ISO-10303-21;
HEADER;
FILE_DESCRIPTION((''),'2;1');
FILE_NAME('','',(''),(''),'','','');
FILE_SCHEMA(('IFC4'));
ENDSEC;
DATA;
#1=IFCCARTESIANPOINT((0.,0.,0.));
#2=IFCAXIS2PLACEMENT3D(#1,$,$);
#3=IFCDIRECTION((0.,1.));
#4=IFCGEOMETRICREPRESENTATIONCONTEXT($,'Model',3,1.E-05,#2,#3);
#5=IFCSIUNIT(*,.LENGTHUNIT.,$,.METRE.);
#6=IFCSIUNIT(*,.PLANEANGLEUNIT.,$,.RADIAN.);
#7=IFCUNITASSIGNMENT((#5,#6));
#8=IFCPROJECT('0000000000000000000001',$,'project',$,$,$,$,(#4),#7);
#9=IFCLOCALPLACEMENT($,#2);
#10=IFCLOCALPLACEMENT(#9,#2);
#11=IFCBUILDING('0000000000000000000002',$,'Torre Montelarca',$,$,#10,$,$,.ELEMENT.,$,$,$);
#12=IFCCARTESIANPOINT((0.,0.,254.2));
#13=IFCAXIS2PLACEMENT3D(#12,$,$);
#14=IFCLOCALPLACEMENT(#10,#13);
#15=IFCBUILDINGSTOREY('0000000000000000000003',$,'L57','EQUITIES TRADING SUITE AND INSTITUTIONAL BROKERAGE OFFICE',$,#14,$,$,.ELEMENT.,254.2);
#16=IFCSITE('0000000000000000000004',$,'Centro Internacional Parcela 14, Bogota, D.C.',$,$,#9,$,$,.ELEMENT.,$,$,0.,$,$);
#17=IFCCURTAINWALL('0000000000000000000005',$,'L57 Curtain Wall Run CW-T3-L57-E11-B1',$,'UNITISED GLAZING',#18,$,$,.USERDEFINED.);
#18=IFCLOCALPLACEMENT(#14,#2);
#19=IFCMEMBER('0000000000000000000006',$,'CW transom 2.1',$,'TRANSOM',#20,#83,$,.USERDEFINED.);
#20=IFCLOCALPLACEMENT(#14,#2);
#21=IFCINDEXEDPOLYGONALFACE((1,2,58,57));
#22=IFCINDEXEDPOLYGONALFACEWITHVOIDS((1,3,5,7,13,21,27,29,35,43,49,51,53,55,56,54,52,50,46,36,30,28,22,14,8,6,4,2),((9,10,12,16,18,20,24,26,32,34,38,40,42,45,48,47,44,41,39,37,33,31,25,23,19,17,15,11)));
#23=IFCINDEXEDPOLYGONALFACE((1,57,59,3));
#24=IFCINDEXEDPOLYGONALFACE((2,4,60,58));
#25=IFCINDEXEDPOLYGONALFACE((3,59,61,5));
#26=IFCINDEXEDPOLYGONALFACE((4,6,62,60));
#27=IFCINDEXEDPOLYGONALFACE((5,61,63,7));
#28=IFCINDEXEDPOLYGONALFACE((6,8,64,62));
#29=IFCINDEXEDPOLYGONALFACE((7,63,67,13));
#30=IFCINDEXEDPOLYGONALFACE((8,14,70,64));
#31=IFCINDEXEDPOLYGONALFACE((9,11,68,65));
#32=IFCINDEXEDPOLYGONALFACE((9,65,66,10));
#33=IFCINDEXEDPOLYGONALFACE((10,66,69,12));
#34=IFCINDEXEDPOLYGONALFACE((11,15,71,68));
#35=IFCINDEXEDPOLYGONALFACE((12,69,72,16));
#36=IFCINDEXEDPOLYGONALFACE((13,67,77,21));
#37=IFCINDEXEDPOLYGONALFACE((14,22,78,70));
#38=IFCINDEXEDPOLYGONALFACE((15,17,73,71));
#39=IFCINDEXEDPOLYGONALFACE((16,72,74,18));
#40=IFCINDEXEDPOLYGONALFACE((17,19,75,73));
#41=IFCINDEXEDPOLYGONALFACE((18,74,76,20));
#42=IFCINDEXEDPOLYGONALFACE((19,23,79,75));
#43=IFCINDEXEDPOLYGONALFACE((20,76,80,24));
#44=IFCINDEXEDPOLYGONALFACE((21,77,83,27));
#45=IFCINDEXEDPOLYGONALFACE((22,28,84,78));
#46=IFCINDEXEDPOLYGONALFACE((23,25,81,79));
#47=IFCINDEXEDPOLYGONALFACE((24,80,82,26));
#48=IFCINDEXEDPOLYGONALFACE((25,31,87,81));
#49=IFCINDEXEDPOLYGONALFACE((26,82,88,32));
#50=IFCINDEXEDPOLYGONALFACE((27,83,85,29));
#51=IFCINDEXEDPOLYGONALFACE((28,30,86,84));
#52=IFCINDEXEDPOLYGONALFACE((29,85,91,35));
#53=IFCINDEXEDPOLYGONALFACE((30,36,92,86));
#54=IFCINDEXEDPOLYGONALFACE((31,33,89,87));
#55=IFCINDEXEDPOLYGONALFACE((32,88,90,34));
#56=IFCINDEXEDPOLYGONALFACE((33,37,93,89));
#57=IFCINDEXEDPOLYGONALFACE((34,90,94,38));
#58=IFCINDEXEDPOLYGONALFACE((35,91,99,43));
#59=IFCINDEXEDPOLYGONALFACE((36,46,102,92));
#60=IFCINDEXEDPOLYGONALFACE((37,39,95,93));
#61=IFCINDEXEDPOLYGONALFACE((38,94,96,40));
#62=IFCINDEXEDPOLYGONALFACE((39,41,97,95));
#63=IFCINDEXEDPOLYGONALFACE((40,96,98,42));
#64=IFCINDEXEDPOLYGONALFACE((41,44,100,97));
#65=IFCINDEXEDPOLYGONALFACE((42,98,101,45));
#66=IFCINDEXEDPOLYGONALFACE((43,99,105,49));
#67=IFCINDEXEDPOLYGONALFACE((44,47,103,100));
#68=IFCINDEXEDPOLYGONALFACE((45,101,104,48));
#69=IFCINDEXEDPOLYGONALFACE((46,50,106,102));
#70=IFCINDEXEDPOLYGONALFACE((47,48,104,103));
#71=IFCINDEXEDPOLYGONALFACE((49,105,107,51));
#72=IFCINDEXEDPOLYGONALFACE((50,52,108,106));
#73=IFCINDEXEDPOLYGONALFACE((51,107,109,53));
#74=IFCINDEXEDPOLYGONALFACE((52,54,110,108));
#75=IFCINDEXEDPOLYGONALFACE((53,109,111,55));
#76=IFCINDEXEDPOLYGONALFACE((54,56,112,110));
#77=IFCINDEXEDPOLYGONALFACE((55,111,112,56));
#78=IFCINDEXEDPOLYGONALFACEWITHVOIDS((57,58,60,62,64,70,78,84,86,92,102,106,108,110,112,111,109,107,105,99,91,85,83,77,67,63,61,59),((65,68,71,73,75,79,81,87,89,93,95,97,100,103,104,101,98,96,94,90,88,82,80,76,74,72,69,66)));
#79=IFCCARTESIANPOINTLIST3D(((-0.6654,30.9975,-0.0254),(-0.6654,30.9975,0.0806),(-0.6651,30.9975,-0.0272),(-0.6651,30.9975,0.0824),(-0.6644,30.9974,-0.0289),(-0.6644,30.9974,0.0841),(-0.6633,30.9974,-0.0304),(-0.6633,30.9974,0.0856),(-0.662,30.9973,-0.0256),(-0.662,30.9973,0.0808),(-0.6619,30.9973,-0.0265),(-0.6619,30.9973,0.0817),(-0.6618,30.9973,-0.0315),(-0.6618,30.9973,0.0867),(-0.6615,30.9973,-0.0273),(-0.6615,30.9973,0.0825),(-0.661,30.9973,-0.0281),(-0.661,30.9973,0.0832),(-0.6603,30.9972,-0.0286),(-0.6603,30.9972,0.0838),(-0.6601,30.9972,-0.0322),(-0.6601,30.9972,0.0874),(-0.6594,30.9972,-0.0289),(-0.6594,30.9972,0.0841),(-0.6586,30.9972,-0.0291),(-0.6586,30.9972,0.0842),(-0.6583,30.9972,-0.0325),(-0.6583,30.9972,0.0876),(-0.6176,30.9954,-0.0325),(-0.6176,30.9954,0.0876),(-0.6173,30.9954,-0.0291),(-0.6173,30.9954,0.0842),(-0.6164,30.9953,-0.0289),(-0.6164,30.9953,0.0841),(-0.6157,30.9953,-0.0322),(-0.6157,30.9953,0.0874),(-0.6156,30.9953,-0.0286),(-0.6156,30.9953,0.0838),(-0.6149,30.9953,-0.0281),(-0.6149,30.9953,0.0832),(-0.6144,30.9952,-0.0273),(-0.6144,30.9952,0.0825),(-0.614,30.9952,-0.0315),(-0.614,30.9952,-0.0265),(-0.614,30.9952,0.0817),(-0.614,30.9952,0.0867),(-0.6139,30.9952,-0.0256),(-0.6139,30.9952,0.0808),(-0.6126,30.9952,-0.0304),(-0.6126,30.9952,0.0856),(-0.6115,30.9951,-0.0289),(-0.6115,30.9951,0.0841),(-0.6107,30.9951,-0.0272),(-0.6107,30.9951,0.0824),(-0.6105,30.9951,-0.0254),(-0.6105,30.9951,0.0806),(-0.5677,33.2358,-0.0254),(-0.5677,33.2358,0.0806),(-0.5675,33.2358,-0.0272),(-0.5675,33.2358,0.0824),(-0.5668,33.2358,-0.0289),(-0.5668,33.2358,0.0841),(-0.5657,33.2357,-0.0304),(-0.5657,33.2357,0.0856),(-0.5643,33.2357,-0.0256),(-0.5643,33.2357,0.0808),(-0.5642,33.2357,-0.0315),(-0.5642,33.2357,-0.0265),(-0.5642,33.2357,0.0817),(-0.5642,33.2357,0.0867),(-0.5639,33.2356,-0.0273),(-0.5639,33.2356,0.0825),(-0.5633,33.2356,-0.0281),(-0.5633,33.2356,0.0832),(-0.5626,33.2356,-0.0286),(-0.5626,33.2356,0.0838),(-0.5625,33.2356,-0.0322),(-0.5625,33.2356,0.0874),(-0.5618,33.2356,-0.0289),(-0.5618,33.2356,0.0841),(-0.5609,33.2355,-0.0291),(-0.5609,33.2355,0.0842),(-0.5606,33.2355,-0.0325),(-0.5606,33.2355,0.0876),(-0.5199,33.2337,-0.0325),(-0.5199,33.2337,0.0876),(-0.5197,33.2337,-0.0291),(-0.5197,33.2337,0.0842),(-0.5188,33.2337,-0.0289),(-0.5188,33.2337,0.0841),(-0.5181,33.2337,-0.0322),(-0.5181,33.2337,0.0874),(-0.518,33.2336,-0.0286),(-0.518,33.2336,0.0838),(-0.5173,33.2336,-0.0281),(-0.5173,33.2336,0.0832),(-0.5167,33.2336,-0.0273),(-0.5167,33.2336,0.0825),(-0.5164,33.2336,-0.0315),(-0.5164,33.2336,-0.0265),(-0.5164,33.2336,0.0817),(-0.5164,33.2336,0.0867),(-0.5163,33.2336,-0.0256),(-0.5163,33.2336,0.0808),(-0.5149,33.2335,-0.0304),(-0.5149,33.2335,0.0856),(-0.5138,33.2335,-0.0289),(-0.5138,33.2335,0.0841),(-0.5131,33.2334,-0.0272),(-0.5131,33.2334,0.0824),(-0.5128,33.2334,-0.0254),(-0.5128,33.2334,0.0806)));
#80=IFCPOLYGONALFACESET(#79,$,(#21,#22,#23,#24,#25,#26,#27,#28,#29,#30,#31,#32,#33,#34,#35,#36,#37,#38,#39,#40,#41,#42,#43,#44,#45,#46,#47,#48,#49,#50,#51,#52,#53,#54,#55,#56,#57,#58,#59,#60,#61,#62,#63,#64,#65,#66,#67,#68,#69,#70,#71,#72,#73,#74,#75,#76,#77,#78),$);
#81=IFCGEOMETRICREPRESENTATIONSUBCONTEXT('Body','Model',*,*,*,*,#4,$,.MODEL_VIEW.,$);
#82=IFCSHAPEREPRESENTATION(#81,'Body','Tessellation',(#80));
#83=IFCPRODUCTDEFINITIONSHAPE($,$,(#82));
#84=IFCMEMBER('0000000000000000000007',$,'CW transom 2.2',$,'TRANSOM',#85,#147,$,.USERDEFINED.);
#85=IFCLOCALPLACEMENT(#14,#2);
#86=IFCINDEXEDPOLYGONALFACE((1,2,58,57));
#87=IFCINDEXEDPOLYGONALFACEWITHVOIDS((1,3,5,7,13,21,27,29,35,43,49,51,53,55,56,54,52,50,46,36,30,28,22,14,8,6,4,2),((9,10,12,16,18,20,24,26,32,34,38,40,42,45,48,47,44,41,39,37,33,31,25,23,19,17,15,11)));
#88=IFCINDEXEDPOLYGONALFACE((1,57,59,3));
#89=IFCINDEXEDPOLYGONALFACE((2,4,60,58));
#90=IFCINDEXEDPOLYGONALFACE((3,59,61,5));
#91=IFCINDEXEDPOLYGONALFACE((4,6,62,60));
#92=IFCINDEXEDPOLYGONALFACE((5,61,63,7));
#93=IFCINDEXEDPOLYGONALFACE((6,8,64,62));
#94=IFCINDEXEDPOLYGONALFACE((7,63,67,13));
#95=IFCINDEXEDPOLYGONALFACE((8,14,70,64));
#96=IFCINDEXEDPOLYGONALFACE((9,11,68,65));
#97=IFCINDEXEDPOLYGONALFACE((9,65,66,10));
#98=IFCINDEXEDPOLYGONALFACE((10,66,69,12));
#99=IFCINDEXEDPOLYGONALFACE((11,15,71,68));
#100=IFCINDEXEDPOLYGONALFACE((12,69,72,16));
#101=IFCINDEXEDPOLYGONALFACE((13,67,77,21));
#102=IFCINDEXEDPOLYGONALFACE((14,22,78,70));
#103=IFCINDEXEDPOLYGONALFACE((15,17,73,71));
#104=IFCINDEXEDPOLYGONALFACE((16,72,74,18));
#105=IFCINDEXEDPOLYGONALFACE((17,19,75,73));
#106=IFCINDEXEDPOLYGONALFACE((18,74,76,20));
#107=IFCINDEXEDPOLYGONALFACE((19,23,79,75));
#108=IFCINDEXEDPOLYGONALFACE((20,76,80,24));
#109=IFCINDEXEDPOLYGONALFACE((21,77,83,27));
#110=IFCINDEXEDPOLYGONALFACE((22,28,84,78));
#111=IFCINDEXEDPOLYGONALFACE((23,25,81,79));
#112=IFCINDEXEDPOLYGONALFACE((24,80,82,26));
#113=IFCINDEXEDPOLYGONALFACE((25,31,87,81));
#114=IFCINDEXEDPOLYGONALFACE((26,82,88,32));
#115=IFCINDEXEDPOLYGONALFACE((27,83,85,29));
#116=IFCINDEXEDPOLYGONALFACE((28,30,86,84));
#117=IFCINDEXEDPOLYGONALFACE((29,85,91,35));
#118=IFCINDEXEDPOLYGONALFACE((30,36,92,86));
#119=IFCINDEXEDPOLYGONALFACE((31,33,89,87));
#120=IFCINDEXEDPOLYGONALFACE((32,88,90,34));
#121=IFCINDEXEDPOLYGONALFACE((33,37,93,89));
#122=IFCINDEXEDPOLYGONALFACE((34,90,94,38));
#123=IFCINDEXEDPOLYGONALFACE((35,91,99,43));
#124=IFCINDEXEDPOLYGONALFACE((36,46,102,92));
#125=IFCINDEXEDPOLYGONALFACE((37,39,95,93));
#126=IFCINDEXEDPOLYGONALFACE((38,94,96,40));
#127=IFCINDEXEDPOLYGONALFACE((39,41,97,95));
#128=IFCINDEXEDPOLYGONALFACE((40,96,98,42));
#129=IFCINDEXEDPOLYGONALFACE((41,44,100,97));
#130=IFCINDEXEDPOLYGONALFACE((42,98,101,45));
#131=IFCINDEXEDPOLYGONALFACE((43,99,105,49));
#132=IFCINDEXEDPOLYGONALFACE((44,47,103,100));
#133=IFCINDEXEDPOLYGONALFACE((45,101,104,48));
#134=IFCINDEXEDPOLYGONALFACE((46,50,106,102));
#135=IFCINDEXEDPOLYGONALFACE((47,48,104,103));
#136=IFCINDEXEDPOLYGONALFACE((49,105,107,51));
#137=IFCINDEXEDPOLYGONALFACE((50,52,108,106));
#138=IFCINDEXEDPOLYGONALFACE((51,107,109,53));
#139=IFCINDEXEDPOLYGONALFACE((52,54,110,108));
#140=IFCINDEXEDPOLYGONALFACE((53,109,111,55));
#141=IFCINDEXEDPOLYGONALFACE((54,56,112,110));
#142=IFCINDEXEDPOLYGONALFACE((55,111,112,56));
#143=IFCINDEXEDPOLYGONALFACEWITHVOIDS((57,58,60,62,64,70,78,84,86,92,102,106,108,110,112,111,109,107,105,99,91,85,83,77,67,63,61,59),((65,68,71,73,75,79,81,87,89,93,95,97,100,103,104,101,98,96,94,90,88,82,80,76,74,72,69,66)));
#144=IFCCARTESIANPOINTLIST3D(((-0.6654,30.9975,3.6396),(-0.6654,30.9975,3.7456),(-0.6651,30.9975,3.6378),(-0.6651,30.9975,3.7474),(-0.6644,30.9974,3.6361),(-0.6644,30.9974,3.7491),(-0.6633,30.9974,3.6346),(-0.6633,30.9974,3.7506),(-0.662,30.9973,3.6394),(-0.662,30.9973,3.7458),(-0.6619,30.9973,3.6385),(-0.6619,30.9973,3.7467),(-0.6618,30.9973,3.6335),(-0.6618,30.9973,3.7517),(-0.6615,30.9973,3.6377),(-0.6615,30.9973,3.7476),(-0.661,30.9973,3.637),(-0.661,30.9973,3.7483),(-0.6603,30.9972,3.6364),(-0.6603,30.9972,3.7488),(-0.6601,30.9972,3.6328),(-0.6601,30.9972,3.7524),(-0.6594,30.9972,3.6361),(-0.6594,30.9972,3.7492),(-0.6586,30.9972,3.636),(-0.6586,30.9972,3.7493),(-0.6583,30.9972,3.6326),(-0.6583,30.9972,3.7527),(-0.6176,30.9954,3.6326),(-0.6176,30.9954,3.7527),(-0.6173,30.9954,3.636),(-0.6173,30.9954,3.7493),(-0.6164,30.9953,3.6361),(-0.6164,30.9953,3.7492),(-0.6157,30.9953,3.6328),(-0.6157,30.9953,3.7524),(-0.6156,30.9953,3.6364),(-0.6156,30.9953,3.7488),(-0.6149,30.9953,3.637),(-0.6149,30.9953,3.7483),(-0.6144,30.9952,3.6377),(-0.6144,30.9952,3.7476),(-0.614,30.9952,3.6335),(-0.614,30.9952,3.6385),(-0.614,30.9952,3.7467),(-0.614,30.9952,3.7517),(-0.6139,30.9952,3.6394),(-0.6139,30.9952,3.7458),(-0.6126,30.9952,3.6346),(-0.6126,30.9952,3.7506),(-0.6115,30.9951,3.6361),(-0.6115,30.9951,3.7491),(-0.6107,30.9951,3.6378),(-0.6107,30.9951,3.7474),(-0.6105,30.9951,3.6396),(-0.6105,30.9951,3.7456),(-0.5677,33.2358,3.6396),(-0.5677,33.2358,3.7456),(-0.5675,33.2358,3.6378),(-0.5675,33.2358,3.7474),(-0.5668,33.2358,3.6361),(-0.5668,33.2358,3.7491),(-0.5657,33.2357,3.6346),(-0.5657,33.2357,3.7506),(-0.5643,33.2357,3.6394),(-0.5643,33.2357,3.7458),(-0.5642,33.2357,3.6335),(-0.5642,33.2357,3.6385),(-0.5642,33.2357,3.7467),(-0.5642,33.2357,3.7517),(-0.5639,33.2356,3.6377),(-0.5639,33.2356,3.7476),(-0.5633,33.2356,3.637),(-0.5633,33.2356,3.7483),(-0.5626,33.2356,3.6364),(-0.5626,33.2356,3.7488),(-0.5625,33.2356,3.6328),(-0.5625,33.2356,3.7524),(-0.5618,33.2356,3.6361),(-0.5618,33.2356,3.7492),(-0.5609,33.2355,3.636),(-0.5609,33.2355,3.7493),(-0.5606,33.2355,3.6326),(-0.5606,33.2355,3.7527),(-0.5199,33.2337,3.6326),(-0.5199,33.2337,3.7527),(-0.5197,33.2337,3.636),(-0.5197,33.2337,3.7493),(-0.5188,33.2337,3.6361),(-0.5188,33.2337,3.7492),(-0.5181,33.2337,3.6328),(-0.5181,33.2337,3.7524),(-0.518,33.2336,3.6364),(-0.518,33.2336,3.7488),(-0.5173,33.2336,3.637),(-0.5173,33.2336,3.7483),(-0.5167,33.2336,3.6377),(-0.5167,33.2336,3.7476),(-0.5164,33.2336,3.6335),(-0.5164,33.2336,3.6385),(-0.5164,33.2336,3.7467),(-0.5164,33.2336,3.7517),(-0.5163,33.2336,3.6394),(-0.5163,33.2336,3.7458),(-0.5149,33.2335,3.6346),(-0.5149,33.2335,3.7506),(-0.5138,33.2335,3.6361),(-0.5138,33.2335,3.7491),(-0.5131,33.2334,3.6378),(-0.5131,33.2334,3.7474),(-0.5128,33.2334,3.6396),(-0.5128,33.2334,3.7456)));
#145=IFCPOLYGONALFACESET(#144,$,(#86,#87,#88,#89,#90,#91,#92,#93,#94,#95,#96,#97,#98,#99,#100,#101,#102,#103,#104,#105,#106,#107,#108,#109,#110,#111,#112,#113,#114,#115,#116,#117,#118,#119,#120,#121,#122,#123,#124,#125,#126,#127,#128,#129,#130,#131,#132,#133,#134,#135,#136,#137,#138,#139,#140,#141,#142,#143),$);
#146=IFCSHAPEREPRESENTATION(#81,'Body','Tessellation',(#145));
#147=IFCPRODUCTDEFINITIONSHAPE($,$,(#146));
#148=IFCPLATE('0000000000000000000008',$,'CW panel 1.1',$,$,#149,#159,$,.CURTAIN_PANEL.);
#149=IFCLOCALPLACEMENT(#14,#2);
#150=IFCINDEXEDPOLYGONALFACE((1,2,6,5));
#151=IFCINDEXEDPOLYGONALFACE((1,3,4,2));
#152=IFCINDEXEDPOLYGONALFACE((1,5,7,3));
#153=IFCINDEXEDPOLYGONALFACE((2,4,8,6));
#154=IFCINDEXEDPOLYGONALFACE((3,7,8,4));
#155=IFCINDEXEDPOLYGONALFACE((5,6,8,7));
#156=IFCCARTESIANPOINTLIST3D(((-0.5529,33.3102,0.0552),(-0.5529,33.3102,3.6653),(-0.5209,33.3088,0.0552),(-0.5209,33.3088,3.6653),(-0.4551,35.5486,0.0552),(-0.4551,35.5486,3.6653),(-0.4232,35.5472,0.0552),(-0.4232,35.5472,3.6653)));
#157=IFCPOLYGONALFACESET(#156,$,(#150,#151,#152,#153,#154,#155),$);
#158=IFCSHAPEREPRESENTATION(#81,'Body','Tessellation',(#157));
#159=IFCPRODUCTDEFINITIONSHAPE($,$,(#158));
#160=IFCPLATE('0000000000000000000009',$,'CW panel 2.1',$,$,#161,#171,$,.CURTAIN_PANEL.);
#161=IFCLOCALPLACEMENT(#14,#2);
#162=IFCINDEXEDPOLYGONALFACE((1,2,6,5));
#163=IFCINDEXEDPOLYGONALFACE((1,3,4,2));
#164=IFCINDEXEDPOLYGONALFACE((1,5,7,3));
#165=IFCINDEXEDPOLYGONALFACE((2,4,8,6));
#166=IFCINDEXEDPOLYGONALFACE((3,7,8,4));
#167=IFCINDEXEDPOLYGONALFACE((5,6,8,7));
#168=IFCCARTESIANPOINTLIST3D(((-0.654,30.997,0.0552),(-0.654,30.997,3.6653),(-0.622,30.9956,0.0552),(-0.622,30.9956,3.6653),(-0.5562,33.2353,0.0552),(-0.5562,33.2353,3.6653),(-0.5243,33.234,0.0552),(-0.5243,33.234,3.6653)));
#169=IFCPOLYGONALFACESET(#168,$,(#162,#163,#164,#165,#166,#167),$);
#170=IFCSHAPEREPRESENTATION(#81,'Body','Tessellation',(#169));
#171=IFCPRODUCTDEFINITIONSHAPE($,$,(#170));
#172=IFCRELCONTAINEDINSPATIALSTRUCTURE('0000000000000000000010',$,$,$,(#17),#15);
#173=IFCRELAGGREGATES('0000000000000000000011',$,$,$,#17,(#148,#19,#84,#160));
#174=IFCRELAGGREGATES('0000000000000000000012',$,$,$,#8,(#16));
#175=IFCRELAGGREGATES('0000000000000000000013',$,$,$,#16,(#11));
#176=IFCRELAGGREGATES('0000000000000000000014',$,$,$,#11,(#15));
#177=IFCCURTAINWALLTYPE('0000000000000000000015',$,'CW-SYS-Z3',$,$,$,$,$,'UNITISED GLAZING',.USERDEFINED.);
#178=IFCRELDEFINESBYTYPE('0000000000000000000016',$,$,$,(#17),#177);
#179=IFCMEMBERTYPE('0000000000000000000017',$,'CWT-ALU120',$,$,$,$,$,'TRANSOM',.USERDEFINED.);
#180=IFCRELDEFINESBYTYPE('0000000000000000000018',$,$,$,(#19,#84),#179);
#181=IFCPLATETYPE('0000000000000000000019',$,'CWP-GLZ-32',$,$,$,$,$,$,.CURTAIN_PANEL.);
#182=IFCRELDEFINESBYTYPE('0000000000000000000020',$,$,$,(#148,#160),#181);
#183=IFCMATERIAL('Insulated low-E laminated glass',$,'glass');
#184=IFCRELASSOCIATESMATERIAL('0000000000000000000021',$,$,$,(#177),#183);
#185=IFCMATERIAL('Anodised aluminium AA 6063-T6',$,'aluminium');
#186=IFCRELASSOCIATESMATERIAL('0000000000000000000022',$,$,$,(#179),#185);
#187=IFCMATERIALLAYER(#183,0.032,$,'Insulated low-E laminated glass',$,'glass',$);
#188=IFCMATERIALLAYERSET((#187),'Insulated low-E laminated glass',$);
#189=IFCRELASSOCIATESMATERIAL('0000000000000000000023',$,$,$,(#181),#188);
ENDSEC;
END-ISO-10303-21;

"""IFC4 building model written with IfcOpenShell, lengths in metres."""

from ifc_helpers import new_model, si_unit, direction, frame, origin, origin_2d, place, context, subcontext, project, spatial, rectangle, hollow_rectangle, extrude, source, transform, mapped, material, layer, layer_set, material_profile, profile_set, type_object, element, aggregate, save


model = new_model("IFC4")

# Units and contexts
model_context = context("Model", 3, precision=1e-05, world=origin(), true_north=direction((0.0, 1.0)))
body_context = subcontext(model_context, "Body", "Model", "MODEL_VIEW")
ifc_project = project(units=[si_unit("LENGTHUNIT", "METRE"), si_unit("PLANEANGLEUNIT", "RADIAN")], contexts=[model_context])

# Site, building, storey
site_placement = place(None, origin())
site = spatial("IfcSite", under=ifc_project, at=site_placement, Name="Centro Internacional Parcela 14, Bogota, D.C.", CompositionType="ELEMENT", RefElevation=0.0)
building_placement = place(site_placement, origin())
building = spatial("IfcBuilding", under=site, at=building_placement, Name="Torre Montelarca", CompositionType="ELEMENT")
storey_placement = place(building_placement, frame((0.0, 0.0, 254.2)))
storey = spatial("IfcBuildingStorey", under=building, at=storey_placement, Name="L57", Description="EQUITIES TRADING SUITE AND INSTITUTIONAL BROKERAGE OFFICE", CompositionType="ELEMENT", Elevation=254.2)

# Shared definitions
ifc_material_1 = material(Name="Insulated low-E laminated glass", Category="glass")
curtain_wall_type = type_object("IfcCurtainWallType", Name="CW-SYS-Z3", ElementType="UNITISED GLAZING", PredefinedType="USERDEFINED", material=ifc_material_1)
ifc_material_2 = material(Name="Anodised aluminium AA 6063-T6", Category="aluminium")

# Curtain wall, members, plates
curtain_wall_1_placement = place(storey_placement, origin())
curtain_wall_1 = element("IfcCurtainWall", 1, at=curtain_wall_1_placement, inside=storey, type_object=curtain_wall_type, Name="L57 Curtain Wall Run CW-T3-L57-E11-B1", ObjectType="UNITISED GLAZING", PredefinedType="USERDEFINED")
ifc_material_profile_1 = material_profile(ifc_material_2, hollow_rectangle(XDim=0.0549, YDim=0.1201, WallThickness=0.0034, InnerFilletRadius=0.0034, OuterFilletRadius=0.0071, at=origin_2d()), Name="ALU55X120X3.5", Category="aluminium")
ifc_profile_set_1 = profile_set([ifc_material_profile_1], Name="Anodised aluminium AA 6063-T6")
member_type_1 = type_object("IfcMemberType", Name="CWT-ALU120", ElementType="TRANSOM", PredefinedType="USERDEFINED", material=ifc_profile_set_1)
shared_shape_1 = source(origin(), body_context, "Body", "SweptSolid", [
    extrude(hollow_rectangle(XDim=0.0549, YDim=0.1201, WallThickness=0.0034, InnerFilletRadius=0.0034, OuterFilletRadius=0.0071, at=origin_2d()), origin(), (0.0, 0.0, 1.0), 2.2405),
])
member_1_placement = place(storey_placement, frame((-0.5403, 33.2346, 0.0276), z_axis=(-0.043589, -0.99905, 0.0), x_axis=(0.99905, -0.043589, 0.0)))
member_1 = element("IfcMember", 2, at=member_1_placement, type_object=member_type_1, Name="CW transom 2.1", ObjectType="TRANSOM", PredefinedType="USERDEFINED", context=body_context, shape_type="MappedRepresentation", body=[
    mapped(shared_shape_1, transform((0.0, 0.0, 0.0), scale=1.0)),
])
member_2_placement = place(storey_placement, frame((-0.5403, 33.2346, 3.6926), z_axis=(-0.043589, -0.99905, 0.0), x_axis=(0.99905, -0.043589, 0.0)))
member_2 = element("IfcMember", 3, at=member_2_placement, type_object=member_type_1, Name="CW transom 2.2", ObjectType="TRANSOM", PredefinedType="USERDEFINED", context=body_context, shape_type="MappedRepresentation", body=[
    mapped(shared_shape_1, transform((0.0, 0.0, 0.0), scale=1.0)),
])
ifc_layer_1 = layer(ifc_material_1, 0.032, Name="Insulated low-E laminated glass", Category="glass")
ifc_layer_set_1 = layer_set([ifc_layer_1], Name="Insulated low-E laminated glass")
plate_type = type_object("IfcPlateType", Name="CWP-GLZ-32", PredefinedType="CURTAIN_PANEL", material=ifc_layer_set_1)
shared_shape_2 = source(origin(), body_context, "Body", "SweptSolid", [
    extrude(rectangle(XDim=2.2405, YDim=0.032, at=origin_2d()), origin(), (0.0, 0.0, 1.0), 3.6101),
])
plate_1_placement = place(storey_placement, frame((-0.488, 34.4287, 0.0552), z_axis=(0.0, 0.0, 1.0), x_axis=(-0.043626, -0.999048, 0.0)))
plate_1 = element("IfcPlate", 4, at=plate_1_placement, type_object=plate_type, Name="CW panel 1.1", PredefinedType="CURTAIN_PANEL", context=body_context, shape_type="MappedRepresentation", body=[
    mapped(shared_shape_2, transform((0.0, 0.0, 0.0), scale=1.0)),
])
plate_2_placement = place(storey_placement, frame((-0.5891, 32.1155, 0.0552), z_axis=(0.0, 0.0, 1.0), x_axis=(-0.043626, -0.999048, 0.0)))
plate_2 = element("IfcPlate", 5, at=plate_2_placement, type_object=plate_type, Name="CW panel 2.1", PredefinedType="CURTAIN_PANEL", context=body_context, shape_type="MappedRepresentation", body=[
    mapped(shared_shape_2, transform((0.0, 0.0, 0.0), scale=1.0)),
])
aggregate(curtain_wall_1, [plate_1, member_1, member_2, plate_2])

save(model, "model.ifc")
